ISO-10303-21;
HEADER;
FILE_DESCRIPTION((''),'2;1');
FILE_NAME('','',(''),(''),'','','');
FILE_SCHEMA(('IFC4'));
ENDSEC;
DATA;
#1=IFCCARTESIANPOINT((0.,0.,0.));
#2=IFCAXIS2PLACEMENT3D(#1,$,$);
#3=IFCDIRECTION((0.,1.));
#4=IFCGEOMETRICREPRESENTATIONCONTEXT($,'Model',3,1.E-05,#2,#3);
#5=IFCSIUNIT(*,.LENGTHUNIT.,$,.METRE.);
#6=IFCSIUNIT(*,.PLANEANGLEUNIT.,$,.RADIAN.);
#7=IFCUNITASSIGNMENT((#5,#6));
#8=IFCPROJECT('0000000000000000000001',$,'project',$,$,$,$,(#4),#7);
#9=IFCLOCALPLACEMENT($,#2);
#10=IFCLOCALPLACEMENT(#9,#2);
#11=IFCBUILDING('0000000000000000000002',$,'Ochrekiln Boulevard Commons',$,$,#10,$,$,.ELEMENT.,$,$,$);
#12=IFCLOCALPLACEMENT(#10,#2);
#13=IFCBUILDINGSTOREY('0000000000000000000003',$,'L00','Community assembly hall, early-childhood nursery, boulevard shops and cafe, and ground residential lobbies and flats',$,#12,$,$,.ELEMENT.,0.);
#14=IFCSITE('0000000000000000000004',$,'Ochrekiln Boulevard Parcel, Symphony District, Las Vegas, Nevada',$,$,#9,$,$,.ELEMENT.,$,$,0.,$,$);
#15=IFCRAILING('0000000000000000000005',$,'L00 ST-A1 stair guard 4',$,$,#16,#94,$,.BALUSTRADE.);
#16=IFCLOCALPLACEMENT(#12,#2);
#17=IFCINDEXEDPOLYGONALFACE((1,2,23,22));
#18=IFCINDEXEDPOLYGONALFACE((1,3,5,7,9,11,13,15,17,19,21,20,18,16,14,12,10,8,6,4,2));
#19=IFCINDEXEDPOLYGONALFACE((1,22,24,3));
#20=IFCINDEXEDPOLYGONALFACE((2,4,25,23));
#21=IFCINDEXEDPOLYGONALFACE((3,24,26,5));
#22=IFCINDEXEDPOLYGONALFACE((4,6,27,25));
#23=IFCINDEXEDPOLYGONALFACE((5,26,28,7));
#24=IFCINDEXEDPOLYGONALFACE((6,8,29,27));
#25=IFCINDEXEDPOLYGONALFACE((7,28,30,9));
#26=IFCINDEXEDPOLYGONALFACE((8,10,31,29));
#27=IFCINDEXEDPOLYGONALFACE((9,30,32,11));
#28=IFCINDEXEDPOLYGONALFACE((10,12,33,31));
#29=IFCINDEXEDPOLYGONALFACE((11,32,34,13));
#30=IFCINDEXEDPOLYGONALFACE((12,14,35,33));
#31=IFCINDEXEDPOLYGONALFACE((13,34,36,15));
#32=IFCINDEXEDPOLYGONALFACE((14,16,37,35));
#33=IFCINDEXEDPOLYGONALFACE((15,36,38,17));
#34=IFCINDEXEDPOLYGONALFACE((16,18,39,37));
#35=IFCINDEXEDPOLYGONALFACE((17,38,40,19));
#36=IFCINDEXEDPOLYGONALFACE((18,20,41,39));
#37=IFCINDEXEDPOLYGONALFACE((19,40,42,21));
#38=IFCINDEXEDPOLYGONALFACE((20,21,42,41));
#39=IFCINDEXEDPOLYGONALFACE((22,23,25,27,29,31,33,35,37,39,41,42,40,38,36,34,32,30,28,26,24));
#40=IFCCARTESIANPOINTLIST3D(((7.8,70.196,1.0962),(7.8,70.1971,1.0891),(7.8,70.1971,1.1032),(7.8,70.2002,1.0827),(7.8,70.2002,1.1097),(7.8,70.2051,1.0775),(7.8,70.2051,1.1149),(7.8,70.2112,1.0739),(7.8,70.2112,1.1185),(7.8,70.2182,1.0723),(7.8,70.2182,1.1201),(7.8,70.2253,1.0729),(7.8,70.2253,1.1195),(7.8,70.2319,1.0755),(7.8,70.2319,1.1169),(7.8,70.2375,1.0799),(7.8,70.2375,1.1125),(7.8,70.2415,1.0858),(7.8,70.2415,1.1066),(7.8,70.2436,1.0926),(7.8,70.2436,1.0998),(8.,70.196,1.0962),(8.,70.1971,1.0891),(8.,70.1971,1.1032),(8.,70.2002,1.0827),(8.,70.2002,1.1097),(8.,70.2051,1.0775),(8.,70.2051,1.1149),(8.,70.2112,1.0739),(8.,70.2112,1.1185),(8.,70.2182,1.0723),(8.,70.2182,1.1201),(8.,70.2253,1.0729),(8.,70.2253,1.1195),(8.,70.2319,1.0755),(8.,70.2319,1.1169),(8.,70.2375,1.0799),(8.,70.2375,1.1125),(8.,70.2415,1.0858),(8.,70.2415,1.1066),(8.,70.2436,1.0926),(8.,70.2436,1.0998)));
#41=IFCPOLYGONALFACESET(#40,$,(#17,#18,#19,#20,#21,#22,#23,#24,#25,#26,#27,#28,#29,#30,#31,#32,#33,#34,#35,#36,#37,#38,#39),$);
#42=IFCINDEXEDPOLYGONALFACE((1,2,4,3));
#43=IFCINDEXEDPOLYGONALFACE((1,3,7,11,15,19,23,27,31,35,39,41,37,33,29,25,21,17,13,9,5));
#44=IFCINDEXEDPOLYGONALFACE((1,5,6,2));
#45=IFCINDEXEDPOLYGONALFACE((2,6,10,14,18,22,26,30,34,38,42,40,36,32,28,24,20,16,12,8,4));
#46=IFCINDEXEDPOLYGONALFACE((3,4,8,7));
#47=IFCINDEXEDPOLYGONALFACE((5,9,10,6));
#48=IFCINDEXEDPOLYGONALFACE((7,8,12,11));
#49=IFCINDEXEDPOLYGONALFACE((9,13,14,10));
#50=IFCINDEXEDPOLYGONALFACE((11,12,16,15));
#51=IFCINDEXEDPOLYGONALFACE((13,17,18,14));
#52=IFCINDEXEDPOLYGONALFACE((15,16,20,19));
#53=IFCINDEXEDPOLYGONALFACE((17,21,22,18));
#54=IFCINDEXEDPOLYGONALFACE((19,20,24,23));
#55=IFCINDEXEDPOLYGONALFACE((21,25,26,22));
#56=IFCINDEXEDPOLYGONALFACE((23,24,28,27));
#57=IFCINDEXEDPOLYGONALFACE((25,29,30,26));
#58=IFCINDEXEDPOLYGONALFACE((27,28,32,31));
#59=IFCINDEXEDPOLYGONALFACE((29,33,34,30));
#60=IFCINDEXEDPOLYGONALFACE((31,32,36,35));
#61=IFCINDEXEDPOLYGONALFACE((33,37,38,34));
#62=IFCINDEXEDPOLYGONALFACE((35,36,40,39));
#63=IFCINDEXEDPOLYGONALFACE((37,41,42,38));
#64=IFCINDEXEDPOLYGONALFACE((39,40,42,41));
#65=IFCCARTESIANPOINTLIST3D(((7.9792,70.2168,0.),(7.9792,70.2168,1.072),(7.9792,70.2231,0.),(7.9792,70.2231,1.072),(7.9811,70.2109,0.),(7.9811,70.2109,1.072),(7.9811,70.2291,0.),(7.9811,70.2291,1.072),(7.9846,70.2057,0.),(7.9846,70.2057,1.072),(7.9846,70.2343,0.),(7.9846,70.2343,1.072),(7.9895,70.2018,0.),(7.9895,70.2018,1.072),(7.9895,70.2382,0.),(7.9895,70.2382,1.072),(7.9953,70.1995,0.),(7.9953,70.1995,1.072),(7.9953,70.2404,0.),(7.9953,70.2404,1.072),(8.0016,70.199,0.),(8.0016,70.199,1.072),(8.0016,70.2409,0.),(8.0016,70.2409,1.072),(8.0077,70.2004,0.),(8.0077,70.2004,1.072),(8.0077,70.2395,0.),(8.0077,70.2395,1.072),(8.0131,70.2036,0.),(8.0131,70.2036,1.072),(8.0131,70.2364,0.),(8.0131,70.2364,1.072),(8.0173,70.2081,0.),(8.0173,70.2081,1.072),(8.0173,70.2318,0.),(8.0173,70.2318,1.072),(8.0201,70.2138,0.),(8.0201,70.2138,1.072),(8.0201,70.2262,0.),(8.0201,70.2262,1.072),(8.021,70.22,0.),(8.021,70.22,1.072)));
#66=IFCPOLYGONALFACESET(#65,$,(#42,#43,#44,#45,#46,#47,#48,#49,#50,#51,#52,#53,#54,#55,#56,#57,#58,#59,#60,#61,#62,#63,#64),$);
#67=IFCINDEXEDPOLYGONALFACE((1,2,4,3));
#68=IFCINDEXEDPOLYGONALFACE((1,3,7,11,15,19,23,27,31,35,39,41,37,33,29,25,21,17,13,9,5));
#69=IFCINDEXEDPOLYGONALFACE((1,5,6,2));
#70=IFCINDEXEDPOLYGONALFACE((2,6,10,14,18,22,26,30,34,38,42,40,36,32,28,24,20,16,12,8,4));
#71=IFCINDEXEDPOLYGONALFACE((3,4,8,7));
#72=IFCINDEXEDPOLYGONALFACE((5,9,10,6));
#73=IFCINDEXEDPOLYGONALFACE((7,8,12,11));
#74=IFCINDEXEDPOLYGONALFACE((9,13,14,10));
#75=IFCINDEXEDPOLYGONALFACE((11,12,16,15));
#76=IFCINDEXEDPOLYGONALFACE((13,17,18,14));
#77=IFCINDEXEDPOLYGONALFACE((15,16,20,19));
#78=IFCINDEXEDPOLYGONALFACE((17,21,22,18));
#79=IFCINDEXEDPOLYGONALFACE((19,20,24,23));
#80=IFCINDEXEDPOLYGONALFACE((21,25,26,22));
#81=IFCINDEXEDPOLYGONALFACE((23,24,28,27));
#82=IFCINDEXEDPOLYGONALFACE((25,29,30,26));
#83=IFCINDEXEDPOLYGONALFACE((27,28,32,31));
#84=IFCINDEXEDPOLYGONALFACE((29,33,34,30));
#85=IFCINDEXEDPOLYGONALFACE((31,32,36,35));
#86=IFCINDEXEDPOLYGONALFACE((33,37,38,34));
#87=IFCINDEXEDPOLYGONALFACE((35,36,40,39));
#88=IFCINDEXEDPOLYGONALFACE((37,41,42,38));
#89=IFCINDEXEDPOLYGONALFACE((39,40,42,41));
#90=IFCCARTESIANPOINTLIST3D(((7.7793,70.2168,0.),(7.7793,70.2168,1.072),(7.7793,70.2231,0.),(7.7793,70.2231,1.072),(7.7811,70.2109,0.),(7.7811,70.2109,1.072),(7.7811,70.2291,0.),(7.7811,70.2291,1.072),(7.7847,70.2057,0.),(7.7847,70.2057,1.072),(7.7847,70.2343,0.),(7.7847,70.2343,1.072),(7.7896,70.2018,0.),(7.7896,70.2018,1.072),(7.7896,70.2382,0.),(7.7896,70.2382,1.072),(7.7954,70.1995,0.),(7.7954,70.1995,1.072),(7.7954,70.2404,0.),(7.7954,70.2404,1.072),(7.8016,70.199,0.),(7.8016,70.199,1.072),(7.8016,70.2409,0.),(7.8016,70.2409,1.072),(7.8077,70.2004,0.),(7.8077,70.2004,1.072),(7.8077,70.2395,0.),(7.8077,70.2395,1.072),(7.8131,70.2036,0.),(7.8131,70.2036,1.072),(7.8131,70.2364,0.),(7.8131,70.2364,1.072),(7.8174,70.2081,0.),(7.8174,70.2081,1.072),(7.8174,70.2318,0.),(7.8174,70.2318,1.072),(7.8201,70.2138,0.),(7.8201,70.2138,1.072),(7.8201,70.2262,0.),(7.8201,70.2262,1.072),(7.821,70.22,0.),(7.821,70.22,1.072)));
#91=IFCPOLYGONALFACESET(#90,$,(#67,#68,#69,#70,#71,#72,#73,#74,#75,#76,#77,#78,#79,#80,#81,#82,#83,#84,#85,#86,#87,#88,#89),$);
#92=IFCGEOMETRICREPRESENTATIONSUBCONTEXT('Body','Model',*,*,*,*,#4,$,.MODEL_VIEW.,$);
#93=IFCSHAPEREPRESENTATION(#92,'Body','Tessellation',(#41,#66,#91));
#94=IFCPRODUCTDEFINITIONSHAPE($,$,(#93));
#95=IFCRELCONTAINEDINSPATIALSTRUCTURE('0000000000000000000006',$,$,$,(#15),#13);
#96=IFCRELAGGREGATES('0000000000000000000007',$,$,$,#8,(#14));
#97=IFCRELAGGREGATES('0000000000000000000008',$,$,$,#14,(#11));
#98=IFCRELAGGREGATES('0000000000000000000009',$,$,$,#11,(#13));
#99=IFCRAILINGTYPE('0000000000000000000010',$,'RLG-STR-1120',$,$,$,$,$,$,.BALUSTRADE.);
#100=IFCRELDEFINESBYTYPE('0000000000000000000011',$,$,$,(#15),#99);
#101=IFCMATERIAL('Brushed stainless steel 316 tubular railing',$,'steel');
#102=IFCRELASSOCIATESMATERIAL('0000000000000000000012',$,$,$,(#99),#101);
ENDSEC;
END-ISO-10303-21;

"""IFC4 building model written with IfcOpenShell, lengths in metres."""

from ifc_helpers import new_model, si_unit, direction, frame, origin, origin_2d, place, context, subcontext, project, spatial, circle, extrude, material, type_object, element, save


model = new_model("IFC4")

# Units and contexts
model_context = context("Model", 3, precision=1e-05, world=origin(), true_north=direction((0.0, 1.0)))
body_context = subcontext(model_context, "Body", "Model", "MODEL_VIEW")
ifc_project = project(units=[si_unit("LENGTHUNIT", "METRE"), si_unit("PLANEANGLEUNIT", "RADIAN")], contexts=[model_context])

# Site, building, storey
site_placement = place(None, origin())
site = spatial("IfcSite", under=ifc_project, at=site_placement, Name="Ochrekiln Boulevard Parcel, Symphony District, Las Vegas, Nevada", CompositionType="ELEMENT", RefElevation=0.0)
building_placement = place(site_placement, origin())
building = spatial("IfcBuilding", under=site, at=building_placement, Name="Ochrekiln Boulevard Commons", CompositionType="ELEMENT")
storey_placement = place(building_placement, origin())
storey = spatial("IfcBuildingStorey", under=building, at=storey_placement, Name="L00", Description="Community assembly hall, early-childhood nursery, boulevard shops and cafe, and ground residential lobbies and flats", CompositionType="ELEMENT", Elevation=0.0)

# Railing
ifc_material_1 = material(Name="Brushed stainless steel 316 tubular railing", Category="steel")
railing_type_1 = type_object("IfcRailingType", Name="RLG-STR-1120", PredefinedType="BALUSTRADE", material=ifc_material_1)
railing_1_placement = place(storey_placement, frame((8.0, 70.22, 0.0)))
element("IfcRailing", 1, at=railing_1_placement, inside=storey, type_object=railing_type_1, Name="L00 ST-A1 stair guard 4", PredefinedType="BALUSTRADE", context=body_context, shape_type="SweptSolid", body=[
    extrude(circle(Radius=0.0239, at=origin_2d()), frame((0.0, 0.0, 1.0962), z_axis=(-1.0, 0.0, 0.0), x_axis=(0.0, -1.0, 0.0)), (0.0, 0.0, 1.0), 0.2),
    extrude(circle(Radius=0.021, at=origin_2d()), origin(), (0.0, 0.0, 1.0), 1.072),
    extrude(circle(Radius=0.021, at=origin_2d()), frame((-0.2, 0.0, 0.0)), (0.0, 0.0, 1.0), 1.072),
])

save(model, "model.ifc")
